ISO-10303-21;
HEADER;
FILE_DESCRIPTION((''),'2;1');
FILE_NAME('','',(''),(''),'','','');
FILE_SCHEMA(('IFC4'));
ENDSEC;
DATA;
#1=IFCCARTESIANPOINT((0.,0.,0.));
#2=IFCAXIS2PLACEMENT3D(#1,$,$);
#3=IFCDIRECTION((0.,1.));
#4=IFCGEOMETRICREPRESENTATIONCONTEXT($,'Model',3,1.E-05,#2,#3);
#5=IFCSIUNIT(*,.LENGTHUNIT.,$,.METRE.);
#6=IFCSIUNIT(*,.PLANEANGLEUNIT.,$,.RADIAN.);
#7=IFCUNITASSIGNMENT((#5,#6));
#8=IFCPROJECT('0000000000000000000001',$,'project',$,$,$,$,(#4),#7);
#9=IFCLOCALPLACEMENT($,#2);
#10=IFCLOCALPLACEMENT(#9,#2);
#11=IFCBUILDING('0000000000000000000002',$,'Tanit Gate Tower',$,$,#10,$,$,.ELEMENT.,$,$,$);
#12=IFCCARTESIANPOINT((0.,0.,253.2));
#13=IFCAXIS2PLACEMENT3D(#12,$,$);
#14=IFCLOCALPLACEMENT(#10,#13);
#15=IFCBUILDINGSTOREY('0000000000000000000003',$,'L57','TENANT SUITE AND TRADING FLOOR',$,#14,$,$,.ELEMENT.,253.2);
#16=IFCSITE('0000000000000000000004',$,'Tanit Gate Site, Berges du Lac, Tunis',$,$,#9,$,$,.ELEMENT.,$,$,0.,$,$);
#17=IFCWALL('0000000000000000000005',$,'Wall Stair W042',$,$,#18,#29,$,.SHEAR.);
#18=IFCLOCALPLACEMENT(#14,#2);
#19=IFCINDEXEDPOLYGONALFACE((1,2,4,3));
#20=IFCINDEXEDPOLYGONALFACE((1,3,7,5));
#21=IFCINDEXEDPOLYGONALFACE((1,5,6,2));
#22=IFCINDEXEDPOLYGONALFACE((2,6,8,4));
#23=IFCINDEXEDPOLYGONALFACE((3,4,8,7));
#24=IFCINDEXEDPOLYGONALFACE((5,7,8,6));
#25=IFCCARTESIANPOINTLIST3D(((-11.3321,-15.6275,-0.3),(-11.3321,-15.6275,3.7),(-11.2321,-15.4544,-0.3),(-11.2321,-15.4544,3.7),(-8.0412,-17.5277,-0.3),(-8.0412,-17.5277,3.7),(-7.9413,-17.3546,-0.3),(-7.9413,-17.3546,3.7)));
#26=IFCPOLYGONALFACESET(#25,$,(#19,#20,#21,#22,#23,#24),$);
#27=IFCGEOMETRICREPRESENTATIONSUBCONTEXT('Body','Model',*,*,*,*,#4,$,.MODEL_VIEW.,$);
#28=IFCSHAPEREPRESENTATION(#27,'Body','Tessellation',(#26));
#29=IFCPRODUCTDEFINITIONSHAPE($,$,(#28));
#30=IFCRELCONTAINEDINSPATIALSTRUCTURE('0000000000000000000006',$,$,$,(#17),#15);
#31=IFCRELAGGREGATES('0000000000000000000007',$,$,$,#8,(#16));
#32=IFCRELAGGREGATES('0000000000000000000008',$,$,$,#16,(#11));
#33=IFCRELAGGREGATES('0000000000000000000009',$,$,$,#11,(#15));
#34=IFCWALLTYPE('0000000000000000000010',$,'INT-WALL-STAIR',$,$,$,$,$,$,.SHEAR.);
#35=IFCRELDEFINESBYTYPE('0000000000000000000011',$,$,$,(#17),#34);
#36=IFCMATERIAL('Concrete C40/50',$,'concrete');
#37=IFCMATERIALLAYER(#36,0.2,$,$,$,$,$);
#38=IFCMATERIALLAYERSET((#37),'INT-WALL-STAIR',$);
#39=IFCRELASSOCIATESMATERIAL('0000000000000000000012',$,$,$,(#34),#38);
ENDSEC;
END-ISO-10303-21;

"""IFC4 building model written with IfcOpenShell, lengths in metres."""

from ifc_helpers import new_model, si_unit, direction, frame, frame_2d, origin, place, context, subcontext, project, spatial, rectangle, extrude, material, layer, layer_set, type_object, element, save


model = new_model("IFC4")

# Units and contexts
model_context = context("Model", 3, precision=1e-05, world=origin(), true_north=direction((0.0, 1.0)))
body_context = subcontext(model_context, "Body", "Model", "MODEL_VIEW")
ifc_project = project(units=[si_unit("LENGTHUNIT", "METRE"), si_unit("PLANEANGLEUNIT", "RADIAN")], contexts=[model_context])

# Site, building, storey
site_placement = place(None, origin())
site = spatial("IfcSite", under=ifc_project, at=site_placement, Name="Tanit Gate Site, Berges du Lac, Tunis", CompositionType="ELEMENT", RefElevation=0.0)
building_placement = place(site_placement, origin())
building = spatial("IfcBuilding", under=site, at=building_placement, Name="Tanit Gate Tower", CompositionType="ELEMENT")
storey_placement = place(building_placement, frame((0.0, 0.0, 253.2)))
storey = spatial("IfcBuildingStorey", under=building, at=storey_placement, Name="L57", Description="TENANT SUITE AND TRADING FLOOR", CompositionType="ELEMENT", Elevation=253.2)

# Wall
ifc_material_1 = material(Name="Concrete C40/50", Category="concrete")
ifc_layer_1 = layer(ifc_material_1, 0.2)
ifc_layer_set_1 = layer_set([ifc_layer_1], Name="INT-WALL-STAIR")
wall_type_1 = type_object("IfcWallType", Name="INT-WALL-STAIR", PredefinedType="SHEAR", material=ifc_layer_set_1)
wall_1_placement = place(storey_placement, frame((-11.282, -15.541, -0.3), z_axis=(0.0, 0.0, 1.0), x_axis=(0.866, -0.500043, 0.0)))
element("IfcWall", 1, at=wall_1_placement, inside=storey, type_object=wall_type_1, Name="Wall Stair W042", PredefinedType="SHEAR", context=body_context, shape_type="SweptSolid", body=[
    extrude(rectangle(XDim=3.8, YDim=0.2, at=frame_2d((1.8999, 0.0))), origin(), (0.0, 0.0, 1.0), 4.0),
])

save(model, "model.ifc")
